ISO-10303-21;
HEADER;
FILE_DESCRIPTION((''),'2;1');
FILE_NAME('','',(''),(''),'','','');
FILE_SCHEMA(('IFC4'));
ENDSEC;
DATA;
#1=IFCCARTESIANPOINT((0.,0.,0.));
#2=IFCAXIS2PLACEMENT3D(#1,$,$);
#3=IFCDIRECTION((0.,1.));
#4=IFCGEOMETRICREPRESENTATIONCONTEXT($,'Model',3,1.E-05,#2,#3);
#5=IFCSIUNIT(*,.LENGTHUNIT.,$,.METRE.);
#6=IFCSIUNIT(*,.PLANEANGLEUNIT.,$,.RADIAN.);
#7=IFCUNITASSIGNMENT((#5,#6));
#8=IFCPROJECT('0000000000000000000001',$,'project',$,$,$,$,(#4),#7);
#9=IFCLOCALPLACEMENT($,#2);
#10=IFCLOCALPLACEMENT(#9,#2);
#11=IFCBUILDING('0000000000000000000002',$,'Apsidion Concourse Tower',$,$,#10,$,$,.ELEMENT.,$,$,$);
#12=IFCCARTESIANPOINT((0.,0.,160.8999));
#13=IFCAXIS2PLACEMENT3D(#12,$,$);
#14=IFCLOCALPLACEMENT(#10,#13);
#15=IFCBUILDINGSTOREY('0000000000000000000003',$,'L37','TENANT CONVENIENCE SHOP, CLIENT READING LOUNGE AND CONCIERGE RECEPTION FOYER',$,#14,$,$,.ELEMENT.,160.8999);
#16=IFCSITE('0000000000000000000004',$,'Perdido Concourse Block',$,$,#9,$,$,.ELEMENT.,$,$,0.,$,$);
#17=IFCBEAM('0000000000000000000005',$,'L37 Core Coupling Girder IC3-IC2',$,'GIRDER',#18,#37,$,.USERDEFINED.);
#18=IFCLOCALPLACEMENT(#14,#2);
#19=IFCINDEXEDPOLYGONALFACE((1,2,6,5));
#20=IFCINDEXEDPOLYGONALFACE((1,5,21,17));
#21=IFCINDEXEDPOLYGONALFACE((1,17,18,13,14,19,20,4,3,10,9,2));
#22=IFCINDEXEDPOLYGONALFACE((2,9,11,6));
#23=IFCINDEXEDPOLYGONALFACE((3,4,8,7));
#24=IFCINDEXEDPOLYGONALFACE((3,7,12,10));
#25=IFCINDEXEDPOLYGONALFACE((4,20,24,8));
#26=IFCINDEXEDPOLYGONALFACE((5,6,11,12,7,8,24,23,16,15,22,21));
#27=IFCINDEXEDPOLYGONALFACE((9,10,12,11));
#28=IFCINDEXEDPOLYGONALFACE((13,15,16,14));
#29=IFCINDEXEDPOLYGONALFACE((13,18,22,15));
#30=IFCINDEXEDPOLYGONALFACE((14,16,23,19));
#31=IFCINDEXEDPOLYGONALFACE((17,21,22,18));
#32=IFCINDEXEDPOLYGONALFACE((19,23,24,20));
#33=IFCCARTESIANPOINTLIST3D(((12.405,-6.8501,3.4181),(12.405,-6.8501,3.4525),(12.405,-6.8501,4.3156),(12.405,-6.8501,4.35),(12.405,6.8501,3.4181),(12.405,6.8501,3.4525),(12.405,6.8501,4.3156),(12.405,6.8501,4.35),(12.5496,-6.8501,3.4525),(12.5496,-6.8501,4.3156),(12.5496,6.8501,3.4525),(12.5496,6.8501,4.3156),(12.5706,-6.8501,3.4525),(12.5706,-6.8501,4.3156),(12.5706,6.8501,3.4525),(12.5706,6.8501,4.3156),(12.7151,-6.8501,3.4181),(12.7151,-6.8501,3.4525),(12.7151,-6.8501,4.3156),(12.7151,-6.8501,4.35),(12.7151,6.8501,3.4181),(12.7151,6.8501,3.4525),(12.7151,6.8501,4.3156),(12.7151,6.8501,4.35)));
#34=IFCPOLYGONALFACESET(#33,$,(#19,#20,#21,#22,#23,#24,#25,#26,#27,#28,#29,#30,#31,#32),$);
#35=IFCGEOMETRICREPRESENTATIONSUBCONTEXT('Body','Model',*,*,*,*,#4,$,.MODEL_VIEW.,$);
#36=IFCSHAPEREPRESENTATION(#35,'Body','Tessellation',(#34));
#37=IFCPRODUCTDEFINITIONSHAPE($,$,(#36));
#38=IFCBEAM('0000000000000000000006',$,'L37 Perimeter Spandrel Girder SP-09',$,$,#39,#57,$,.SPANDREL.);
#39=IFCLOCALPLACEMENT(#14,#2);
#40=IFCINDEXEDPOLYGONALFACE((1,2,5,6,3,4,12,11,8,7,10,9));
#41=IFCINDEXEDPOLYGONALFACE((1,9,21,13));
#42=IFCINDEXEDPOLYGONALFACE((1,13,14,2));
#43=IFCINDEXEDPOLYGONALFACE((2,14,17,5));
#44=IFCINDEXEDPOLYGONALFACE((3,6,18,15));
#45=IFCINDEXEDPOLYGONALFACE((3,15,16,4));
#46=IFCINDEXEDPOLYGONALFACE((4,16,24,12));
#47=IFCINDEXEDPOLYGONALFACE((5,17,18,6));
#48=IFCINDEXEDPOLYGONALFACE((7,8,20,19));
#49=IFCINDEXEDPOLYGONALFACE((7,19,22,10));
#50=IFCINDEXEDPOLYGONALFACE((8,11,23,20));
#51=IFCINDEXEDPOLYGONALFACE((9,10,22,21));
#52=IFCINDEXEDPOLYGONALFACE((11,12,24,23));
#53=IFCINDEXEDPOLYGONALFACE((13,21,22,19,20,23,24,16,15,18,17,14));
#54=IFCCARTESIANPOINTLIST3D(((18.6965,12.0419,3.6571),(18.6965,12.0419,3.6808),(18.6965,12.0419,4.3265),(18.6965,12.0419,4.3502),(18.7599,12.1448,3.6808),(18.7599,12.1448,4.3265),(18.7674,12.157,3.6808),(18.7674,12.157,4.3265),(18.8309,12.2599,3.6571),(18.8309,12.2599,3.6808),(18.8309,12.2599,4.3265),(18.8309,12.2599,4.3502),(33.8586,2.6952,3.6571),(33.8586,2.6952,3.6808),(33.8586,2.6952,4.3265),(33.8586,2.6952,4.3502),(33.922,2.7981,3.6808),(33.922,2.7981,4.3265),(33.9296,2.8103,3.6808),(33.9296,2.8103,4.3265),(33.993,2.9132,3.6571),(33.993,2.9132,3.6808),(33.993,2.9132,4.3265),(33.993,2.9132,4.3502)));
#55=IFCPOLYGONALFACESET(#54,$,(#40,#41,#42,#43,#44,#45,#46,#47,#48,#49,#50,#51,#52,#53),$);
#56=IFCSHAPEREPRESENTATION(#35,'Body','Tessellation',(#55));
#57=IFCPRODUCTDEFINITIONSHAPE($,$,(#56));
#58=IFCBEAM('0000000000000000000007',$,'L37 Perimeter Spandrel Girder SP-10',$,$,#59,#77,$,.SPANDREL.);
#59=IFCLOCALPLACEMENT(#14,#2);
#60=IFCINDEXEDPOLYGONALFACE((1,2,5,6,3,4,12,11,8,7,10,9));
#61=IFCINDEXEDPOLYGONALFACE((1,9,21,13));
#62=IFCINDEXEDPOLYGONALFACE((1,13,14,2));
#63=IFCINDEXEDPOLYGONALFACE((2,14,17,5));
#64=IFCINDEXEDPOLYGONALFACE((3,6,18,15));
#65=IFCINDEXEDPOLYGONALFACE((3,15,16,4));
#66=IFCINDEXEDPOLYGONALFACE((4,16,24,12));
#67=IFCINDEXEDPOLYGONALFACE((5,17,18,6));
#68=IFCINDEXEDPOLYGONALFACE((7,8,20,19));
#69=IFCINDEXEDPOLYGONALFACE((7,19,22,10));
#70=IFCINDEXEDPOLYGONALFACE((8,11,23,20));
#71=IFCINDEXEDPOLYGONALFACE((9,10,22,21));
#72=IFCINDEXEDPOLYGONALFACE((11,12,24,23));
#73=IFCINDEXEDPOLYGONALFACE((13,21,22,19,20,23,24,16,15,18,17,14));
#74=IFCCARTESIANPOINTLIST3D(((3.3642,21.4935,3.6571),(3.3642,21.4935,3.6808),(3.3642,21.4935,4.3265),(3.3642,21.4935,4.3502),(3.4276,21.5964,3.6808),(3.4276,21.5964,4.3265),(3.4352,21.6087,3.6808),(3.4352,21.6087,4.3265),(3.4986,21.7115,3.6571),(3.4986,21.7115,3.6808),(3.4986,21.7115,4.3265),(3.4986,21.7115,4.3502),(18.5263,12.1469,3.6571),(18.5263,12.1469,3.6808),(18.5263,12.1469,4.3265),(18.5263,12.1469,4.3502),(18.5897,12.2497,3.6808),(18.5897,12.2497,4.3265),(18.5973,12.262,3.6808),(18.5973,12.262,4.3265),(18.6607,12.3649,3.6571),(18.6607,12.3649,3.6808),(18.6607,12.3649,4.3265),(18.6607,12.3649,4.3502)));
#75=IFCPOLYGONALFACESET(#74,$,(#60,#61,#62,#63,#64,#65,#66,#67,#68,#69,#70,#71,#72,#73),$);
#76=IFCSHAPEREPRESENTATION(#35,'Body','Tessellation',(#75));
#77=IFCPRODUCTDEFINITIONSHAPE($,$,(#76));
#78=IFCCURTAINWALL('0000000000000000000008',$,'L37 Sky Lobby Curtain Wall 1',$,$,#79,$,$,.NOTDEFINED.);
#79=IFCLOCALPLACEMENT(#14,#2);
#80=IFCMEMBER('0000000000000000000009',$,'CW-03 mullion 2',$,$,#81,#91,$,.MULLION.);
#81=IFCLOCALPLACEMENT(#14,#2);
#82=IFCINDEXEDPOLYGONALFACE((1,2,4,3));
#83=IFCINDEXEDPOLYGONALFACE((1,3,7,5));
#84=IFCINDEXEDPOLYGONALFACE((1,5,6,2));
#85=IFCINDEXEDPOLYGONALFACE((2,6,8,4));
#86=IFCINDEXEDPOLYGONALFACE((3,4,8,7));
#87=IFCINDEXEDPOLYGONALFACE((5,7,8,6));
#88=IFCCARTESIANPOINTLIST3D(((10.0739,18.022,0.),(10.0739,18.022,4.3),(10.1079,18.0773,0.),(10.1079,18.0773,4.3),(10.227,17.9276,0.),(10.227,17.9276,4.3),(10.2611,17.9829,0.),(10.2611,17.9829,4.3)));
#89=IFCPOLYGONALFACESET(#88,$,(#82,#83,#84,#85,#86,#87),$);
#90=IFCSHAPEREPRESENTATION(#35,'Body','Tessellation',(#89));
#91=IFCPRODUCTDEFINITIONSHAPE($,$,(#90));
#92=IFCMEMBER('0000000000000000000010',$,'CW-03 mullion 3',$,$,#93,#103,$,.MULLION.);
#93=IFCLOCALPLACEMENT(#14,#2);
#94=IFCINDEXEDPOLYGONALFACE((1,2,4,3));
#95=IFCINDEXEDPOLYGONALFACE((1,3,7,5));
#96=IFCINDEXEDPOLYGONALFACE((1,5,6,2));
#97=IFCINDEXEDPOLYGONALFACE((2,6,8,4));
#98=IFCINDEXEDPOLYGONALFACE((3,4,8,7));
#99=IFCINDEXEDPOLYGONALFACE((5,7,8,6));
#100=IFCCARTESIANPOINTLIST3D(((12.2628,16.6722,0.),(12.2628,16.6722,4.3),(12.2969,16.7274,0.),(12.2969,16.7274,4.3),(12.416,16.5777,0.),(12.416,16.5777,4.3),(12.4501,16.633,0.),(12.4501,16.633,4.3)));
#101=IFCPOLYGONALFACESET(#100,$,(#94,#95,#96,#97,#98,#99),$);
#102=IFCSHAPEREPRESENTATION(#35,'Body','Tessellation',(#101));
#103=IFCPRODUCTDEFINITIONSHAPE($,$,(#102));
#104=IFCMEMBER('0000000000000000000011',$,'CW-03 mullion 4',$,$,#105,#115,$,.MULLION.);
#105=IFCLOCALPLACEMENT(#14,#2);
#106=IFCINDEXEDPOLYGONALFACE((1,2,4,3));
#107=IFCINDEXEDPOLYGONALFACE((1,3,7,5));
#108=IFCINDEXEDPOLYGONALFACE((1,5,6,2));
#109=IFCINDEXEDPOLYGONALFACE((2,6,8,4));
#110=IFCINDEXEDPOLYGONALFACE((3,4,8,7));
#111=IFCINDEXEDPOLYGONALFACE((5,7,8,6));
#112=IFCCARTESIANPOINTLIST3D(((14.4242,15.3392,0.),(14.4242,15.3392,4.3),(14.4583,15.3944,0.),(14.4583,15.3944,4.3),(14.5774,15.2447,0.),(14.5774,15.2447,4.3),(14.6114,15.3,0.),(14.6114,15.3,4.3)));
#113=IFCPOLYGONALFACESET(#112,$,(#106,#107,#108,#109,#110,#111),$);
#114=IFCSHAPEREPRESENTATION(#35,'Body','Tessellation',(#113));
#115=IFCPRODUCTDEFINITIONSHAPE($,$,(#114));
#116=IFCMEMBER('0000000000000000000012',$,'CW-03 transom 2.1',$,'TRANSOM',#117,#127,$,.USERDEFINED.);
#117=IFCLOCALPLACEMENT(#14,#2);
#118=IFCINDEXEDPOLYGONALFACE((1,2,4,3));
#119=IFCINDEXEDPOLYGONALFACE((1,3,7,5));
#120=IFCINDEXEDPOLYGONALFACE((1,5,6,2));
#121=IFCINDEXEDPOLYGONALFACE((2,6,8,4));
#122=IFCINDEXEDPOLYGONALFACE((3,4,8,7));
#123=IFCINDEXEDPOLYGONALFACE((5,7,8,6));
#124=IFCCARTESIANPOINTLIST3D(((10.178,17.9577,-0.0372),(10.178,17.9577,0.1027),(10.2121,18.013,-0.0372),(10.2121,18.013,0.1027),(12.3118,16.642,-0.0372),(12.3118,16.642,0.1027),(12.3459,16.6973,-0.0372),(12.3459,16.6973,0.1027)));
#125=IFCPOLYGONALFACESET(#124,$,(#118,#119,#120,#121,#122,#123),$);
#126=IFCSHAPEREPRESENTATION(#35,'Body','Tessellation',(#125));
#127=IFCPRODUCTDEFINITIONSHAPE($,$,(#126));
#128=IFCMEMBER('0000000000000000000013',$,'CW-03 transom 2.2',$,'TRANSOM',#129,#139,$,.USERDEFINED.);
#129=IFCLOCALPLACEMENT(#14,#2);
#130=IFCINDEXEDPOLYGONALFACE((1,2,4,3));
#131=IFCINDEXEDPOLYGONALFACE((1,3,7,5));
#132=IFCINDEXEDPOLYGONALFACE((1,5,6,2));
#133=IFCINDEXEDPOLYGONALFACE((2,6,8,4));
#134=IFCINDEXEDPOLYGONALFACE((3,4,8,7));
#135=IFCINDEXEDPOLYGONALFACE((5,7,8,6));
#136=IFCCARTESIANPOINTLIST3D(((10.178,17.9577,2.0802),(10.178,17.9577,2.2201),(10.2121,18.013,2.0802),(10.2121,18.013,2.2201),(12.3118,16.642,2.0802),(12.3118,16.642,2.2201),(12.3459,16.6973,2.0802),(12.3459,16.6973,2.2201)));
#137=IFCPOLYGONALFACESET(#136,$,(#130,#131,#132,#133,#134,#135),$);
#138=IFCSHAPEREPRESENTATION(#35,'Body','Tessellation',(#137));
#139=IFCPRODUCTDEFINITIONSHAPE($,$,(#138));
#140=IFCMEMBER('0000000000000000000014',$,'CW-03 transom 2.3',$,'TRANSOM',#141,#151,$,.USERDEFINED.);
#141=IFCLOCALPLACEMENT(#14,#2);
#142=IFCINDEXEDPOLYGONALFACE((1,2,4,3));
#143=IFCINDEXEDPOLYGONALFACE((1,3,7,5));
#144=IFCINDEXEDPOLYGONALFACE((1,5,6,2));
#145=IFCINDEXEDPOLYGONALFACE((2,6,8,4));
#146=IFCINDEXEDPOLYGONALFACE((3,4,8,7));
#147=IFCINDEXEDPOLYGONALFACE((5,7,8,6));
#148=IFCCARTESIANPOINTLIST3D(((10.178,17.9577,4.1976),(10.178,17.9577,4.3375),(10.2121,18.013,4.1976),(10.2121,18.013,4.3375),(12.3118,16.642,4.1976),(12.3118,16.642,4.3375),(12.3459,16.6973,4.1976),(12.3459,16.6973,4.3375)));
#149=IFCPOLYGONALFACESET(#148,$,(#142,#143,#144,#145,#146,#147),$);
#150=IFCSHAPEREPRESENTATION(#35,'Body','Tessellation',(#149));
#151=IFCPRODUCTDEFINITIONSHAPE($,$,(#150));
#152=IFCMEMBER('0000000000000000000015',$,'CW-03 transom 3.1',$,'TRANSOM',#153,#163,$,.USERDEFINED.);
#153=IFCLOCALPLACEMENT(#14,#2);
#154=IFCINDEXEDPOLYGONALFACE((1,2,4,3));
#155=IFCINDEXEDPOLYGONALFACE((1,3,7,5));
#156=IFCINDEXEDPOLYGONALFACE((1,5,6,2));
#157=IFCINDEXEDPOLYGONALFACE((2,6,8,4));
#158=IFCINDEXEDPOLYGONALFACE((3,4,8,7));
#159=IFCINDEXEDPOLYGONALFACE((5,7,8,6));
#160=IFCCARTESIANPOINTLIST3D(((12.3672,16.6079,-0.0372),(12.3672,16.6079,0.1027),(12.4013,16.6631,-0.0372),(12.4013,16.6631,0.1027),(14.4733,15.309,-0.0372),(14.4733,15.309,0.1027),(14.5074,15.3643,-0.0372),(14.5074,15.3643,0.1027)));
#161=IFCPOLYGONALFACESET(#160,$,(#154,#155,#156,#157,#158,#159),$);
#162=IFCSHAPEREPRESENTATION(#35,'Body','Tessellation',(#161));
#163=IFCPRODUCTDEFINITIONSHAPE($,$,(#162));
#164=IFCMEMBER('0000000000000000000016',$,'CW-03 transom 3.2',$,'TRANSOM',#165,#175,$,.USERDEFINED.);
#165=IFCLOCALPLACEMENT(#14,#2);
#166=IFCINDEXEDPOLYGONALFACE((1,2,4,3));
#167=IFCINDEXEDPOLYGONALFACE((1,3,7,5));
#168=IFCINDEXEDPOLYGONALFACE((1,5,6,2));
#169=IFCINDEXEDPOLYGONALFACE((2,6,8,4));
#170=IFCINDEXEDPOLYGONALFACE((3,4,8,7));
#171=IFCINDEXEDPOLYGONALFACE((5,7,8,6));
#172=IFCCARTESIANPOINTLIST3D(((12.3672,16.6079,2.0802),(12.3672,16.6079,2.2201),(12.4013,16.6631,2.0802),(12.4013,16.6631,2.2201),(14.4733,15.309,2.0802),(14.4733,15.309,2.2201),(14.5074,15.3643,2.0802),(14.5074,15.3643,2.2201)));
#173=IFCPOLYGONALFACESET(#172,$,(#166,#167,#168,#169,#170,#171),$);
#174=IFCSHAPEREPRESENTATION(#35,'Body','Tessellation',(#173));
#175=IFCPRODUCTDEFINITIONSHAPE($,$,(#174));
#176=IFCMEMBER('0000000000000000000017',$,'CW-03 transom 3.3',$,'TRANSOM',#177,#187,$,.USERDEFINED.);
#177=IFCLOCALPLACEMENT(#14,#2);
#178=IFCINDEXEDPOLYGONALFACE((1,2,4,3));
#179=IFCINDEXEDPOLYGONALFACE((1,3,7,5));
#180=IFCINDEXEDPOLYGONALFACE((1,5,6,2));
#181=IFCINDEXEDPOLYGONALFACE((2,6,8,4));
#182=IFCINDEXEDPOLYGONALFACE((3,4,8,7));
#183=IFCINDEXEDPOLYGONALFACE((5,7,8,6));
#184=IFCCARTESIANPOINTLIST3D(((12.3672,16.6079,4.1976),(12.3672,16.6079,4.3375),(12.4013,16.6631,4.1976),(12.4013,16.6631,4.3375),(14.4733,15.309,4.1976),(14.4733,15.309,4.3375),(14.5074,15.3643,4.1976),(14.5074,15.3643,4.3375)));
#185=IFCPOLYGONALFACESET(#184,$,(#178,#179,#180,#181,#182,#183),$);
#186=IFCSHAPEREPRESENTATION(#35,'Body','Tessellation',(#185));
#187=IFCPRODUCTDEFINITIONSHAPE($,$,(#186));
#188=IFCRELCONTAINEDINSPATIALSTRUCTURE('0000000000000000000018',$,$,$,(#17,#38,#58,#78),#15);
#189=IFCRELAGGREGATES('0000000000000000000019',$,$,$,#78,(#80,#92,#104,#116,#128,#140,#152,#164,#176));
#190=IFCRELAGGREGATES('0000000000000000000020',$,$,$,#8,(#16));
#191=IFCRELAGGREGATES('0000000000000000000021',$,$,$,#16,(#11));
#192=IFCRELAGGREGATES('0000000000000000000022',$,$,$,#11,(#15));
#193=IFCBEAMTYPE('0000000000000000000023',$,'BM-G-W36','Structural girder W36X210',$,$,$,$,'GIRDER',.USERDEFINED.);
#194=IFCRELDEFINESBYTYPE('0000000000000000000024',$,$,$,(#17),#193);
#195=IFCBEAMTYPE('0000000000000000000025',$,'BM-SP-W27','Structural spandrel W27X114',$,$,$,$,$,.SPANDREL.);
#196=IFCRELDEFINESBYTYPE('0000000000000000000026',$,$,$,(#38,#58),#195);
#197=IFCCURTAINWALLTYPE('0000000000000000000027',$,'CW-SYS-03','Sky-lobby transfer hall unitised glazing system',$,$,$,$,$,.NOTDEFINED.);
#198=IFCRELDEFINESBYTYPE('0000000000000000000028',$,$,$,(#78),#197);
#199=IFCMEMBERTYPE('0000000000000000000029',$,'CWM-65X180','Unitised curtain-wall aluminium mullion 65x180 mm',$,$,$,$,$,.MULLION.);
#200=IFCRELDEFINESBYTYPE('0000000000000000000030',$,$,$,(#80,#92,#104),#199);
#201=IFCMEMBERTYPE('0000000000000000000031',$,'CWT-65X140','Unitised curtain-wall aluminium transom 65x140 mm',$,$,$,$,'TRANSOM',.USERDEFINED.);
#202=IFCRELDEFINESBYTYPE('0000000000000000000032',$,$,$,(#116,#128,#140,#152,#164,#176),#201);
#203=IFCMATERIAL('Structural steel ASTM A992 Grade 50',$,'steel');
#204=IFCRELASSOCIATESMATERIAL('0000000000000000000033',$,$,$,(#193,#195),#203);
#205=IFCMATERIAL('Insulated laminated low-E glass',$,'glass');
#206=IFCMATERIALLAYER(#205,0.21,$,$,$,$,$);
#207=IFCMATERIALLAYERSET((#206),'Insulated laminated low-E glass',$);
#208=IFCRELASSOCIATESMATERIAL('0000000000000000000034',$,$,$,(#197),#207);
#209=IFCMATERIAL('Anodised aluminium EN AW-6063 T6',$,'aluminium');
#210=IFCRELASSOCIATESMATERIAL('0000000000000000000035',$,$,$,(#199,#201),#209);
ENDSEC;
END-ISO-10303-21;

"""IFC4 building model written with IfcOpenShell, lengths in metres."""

from ifc_helpers import new_model, si_unit, direction, frame, origin, origin_2d, place, context, subcontext, project, spatial, rectangle, i_section, extrude, material, layer, layer_set, material_profile, profile_set, type_object, element, aggregate, save


model = new_model("IFC4")

# Units and contexts
model_context = context("Model", 3, precision=1e-05, world=origin(), true_north=direction((0.0, 1.0)))
body_context = subcontext(model_context, "Body", "Model", "MODEL_VIEW")
ifc_project = project(units=[si_unit("LENGTHUNIT", "METRE"), si_unit("PLANEANGLEUNIT", "RADIAN")], contexts=[model_context])

# Site, building, storey
site_placement = place(None, origin())
site = spatial("IfcSite", under=ifc_project, at=site_placement, Name="Perdido Concourse Block", CompositionType="ELEMENT", RefElevation=0.0)
building_placement = place(site_placement, origin())
building = spatial("IfcBuilding", under=site, at=building_placement, Name="Apsidion Concourse Tower", CompositionType="ELEMENT")
storey_placement = place(building_placement, frame((0.0, 0.0, 160.8999)))
storey = spatial("IfcBuildingStorey", under=building, at=storey_placement, Name="L37", Description="TENANT CONVENIENCE SHOP, CLIENT READING LOUNGE AND CONCIERGE RECEPTION FOYER", CompositionType="ELEMENT", Elevation=160.8999)

# Shared definitions
ifc_material_1 = material(Name="Structural steel ASTM A992 Grade 50", Category="steel")

# Beams
ifc_material_profile_1 = material_profile(ifc_material_1, i_section(OverallWidth=0.3101, OverallDepth=0.9319, WebThickness=0.021, FlangeThickness=0.0344, at=origin_2d()), Name="W36X210")
ifc_profile_set_1 = profile_set([ifc_material_profile_1], Name="Structural steel ASTM A992 Grade 50")
beam_type_1 = type_object("IfcBeamType", Name="BM-G-W36", Description="Structural girder W36X210", ElementType="GIRDER", PredefinedType="USERDEFINED", material=ifc_profile_set_1)
beam_1_placement = place(storey_placement, frame((12.5601, 6.8501, 3.884), z_axis=(0.0, -1.0, 0.0), x_axis=(1.0, 0.0, 0.0)))
element("IfcBeam", 1, at=beam_1_placement, inside=storey, type_object=beam_type_1, Name="L37 Core Coupling Girder IC3-IC2", ObjectType="GIRDER", PredefinedType="USERDEFINED", context=body_context, shape_type="SweptSolid", body=[
    extrude(i_section(OverallWidth=0.3101, OverallDepth=0.9319, WebThickness=0.021, FlangeThickness=0.0344, at=origin_2d()), origin(), (0.0, 0.0, 1.0), 13.7002),
])
ifc_material_profile_2 = material_profile(ifc_material_1, i_section(OverallWidth=0.2561, OverallDepth=0.6931, WebThickness=0.0144, FlangeThickness=0.0237, at=origin_2d()), Name="W27X114")
ifc_profile_set_2 = profile_set([ifc_material_profile_2], Name="Structural steel ASTM A992 Grade 50")
beam_type_2 = type_object("IfcBeamType", Name="BM-SP-W27", Description="Structural spandrel W27X114", PredefinedType="SPANDREL", material=ifc_profile_set_2)
for number, where, z_axis, x_axis, name in (
    (2, (33.9258, 2.8042, 4.0037), (-0.851253, 0.524755, 0.0), (-0.524755, -0.851253, 0.0), "L37 Perimeter Spandrel Girder SP-09"),
    (3, (18.5935, 12.2559, 4.0037), (-0.851253, 0.524755, 0.0), (-0.524755, -0.851253, 0.0), "L37 Perimeter Spandrel Girder SP-10"),
):
    element("IfcBeam", number, at=place(storey_placement, frame(where, z_axis=z_axis, x_axis=x_axis)), inside=storey, type_object=beam_type_2, Name=name, PredefinedType="SPANDREL", context=body_context, shape_type="SweptSolid", body=[
        extrude(i_section(OverallWidth=0.2561, OverallDepth=0.6931, WebThickness=0.0144, FlangeThickness=0.0237, at=origin_2d()), origin(), (0.0, 0.0, 1.0), 17.8115),
    ])

# Curtain wall, members
ifc_material_2 = material(Name="Insulated laminated low-E glass", Category="glass")
ifc_layer_1 = layer(ifc_material_2, 0.21)
ifc_layer_set_1 = layer_set([ifc_layer_1], Name="Insulated laminated low-E glass")
curtain_wall_type = type_object("IfcCurtainWallType", Name="CW-SYS-03", Description="Sky-lobby transfer hall unitised glazing system", PredefinedType="NOTDEFINED", material=ifc_layer_set_1)
curtain_wall_placement = place(storey_placement, origin())
curtain_wall = element("IfcCurtainWall", 4, at=curtain_wall_placement, inside=storey, type_object=curtain_wall_type, Name="L37 Sky Lobby Curtain Wall 1", PredefinedType="NOTDEFINED")
ifc_material_3 = material(Name="Anodised aluminium EN AW-6063 T6", Category="aluminium")
ifc_material_profile_3 = material_profile(ifc_material_3, rectangle(XDim=0.0649, YDim=0.1799, at=origin_2d()), Name="ALU MULLION 65x180")
ifc_profile_set_3 = profile_set([ifc_material_profile_3], Name="Anodised aluminium EN AW-6063 T6")
member_type_1 = type_object("IfcMemberType", Name="CWM-65X180", Description="Unitised curtain-wall aluminium mullion 65x180 mm", PredefinedType="MULLION", material=ifc_profile_set_3)
member_1_placement = place(storey_placement, frame((10.1675, 18.0024, 0.0), z_axis=(0.0, 0.0, 1.0), x_axis=(0.524891, 0.851169, 0.0)))
member_1 = element("IfcMember", 5, at=member_1_placement, type_object=member_type_1, Name="CW-03 mullion 2", PredefinedType="MULLION", context=body_context, shape_type="SweptSolid", body=[
    extrude(rectangle(XDim=0.0649, YDim=0.1799, at=origin_2d()), origin(), (0.0, 0.0, 1.0), 4.3),
])
member_2_placement = place(storey_placement, frame((12.3564, 16.6526, 0.0), z_axis=(0.0, 0.0, 1.0), x_axis=(0.524891, 0.851169, 0.0)))
member_2 = element("IfcMember", 6, at=member_2_placement, type_object=member_type_1, Name="CW-03 mullion 3", PredefinedType="MULLION", context=body_context, shape_type="SweptSolid", body=[
    extrude(rectangle(XDim=0.0649, YDim=0.1799, at=origin_2d()), origin(), (0.0, 0.0, 1.0), 4.3),
])
member_3_placement = place(storey_placement, frame((14.5178, 15.3196, 0.0), z_axis=(0.0, 0.0, 1.0), x_axis=(0.524891, 0.851169, 0.0)))
member_3 = element("IfcMember", 7, at=member_3_placement, type_object=member_type_1, Name="CW-03 mullion 4", PredefinedType="MULLION", context=body_context, shape_type="SweptSolid", body=[
    extrude(rectangle(XDim=0.0649, YDim=0.1799, at=origin_2d()), origin(), (0.0, 0.0, 1.0), 4.3),
])
ifc_material_profile_4 = material_profile(ifc_material_3, rectangle(XDim=0.0649, YDim=0.1399, at=origin_2d()), Name="ALU TRANSOM 65x140")
ifc_profile_set_4 = profile_set([ifc_material_profile_4], Name="Anodised aluminium EN AW-6063 T6")
member_type_2 = type_object("IfcMemberType", Name="CWT-65X140", Description="Unitised curtain-wall aluminium transom 65x140 mm", ElementType="TRANSOM", PredefinedType="USERDEFINED", material=ifc_profile_set_4)
member_4_placement = place(storey_placement, frame((10.1951, 17.9854, 0.0327), z_axis=(0.8512, -0.524842, 0.0), x_axis=(0.524842, 0.8512, 0.0)))
member_4 = element("IfcMember", 8, at=member_4_placement, type_object=member_type_2, Name="CW-03 transom 2.1", ObjectType="TRANSOM", PredefinedType="USERDEFINED", context=body_context, shape_type="SweptSolid", body=[
    extrude(rectangle(XDim=0.0649, YDim=0.1399, at=origin_2d()), origin(), (0.0, 0.0, 1.0), 2.5068),
])
member_5_placement = place(storey_placement, frame((10.1951, 17.9854, 2.1501), z_axis=(0.8512, -0.524842, 0.0), x_axis=(0.524842, 0.8512, 0.0)))
member_5 = element("IfcMember", 9, at=member_5_placement, type_object=member_type_2, Name="CW-03 transom 2.2", ObjectType="TRANSOM", PredefinedType="USERDEFINED", context=body_context, shape_type="SweptSolid", body=[
    extrude(rectangle(XDim=0.0649, YDim=0.1399, at=origin_2d()), origin(), (0.0, 0.0, 1.0), 2.5068),
])
member_6_placement = place(storey_placement, frame((10.1951, 17.9854, 4.2676), z_axis=(0.8512, -0.524842, 0.0), x_axis=(0.524842, 0.8512, 0.0)))
member_6 = element("IfcMember", 10, at=member_6_placement, type_object=member_type_2, Name="CW-03 transom 2.3", ObjectType="TRANSOM", PredefinedType="USERDEFINED", context=body_context, shape_type="SweptSolid", body=[
    extrude(rectangle(XDim=0.0649, YDim=0.1399, at=origin_2d()), origin(), (0.0, 0.0, 1.0), 2.5068),
])
member_7_placement = place(storey_placement, frame((12.3843, 16.6355, 0.0327), z_axis=(0.851143, -0.524934, 0.0), x_axis=(0.524934, 0.851143, 0.0)))
member_7 = element("IfcMember", 11, at=member_7_placement, type_object=member_type_2, Name="CW-03 transom 3.1", ObjectType="TRANSOM", PredefinedType="USERDEFINED", context=body_context, shape_type="SweptSolid", body=[
    extrude(rectangle(XDim=0.0649, YDim=0.1399, at=origin_2d()), origin(), (0.0, 0.0, 1.0), 2.4744),
])
member_8_placement = place(storey_placement, frame((12.3843, 16.6355, 2.1501), z_axis=(0.851143, -0.524934, 0.0), x_axis=(0.524934, 0.851143, 0.0)))
member_8 = element("IfcMember", 12, at=member_8_placement, type_object=member_type_2, Name="CW-03 transom 3.2", ObjectType="TRANSOM", PredefinedType="USERDEFINED", context=body_context, shape_type="SweptSolid", body=[
    extrude(rectangle(XDim=0.0649, YDim=0.1399, at=origin_2d()), origin(), (0.0, 0.0, 1.0), 2.4744),
])
member_9_placement = place(storey_placement, frame((12.3843, 16.6355, 4.2676), z_axis=(0.851143, -0.524934, 0.0), x_axis=(0.524934, 0.851143, 0.0)))
member_9 = element("IfcMember", 13, at=member_9_placement, type_object=member_type_2, Name="CW-03 transom 3.3", ObjectType="TRANSOM", PredefinedType="USERDEFINED", context=body_context, shape_type="SweptSolid", body=[
    extrude(rectangle(XDim=0.0649, YDim=0.1399, at=origin_2d()), origin(), (0.0, 0.0, 1.0), 2.4744),
])

aggregate(curtain_wall, [member_1, member_2, member_3, member_4, member_5, member_6, member_7, member_8, member_9])

save(model, "model.ifc")
